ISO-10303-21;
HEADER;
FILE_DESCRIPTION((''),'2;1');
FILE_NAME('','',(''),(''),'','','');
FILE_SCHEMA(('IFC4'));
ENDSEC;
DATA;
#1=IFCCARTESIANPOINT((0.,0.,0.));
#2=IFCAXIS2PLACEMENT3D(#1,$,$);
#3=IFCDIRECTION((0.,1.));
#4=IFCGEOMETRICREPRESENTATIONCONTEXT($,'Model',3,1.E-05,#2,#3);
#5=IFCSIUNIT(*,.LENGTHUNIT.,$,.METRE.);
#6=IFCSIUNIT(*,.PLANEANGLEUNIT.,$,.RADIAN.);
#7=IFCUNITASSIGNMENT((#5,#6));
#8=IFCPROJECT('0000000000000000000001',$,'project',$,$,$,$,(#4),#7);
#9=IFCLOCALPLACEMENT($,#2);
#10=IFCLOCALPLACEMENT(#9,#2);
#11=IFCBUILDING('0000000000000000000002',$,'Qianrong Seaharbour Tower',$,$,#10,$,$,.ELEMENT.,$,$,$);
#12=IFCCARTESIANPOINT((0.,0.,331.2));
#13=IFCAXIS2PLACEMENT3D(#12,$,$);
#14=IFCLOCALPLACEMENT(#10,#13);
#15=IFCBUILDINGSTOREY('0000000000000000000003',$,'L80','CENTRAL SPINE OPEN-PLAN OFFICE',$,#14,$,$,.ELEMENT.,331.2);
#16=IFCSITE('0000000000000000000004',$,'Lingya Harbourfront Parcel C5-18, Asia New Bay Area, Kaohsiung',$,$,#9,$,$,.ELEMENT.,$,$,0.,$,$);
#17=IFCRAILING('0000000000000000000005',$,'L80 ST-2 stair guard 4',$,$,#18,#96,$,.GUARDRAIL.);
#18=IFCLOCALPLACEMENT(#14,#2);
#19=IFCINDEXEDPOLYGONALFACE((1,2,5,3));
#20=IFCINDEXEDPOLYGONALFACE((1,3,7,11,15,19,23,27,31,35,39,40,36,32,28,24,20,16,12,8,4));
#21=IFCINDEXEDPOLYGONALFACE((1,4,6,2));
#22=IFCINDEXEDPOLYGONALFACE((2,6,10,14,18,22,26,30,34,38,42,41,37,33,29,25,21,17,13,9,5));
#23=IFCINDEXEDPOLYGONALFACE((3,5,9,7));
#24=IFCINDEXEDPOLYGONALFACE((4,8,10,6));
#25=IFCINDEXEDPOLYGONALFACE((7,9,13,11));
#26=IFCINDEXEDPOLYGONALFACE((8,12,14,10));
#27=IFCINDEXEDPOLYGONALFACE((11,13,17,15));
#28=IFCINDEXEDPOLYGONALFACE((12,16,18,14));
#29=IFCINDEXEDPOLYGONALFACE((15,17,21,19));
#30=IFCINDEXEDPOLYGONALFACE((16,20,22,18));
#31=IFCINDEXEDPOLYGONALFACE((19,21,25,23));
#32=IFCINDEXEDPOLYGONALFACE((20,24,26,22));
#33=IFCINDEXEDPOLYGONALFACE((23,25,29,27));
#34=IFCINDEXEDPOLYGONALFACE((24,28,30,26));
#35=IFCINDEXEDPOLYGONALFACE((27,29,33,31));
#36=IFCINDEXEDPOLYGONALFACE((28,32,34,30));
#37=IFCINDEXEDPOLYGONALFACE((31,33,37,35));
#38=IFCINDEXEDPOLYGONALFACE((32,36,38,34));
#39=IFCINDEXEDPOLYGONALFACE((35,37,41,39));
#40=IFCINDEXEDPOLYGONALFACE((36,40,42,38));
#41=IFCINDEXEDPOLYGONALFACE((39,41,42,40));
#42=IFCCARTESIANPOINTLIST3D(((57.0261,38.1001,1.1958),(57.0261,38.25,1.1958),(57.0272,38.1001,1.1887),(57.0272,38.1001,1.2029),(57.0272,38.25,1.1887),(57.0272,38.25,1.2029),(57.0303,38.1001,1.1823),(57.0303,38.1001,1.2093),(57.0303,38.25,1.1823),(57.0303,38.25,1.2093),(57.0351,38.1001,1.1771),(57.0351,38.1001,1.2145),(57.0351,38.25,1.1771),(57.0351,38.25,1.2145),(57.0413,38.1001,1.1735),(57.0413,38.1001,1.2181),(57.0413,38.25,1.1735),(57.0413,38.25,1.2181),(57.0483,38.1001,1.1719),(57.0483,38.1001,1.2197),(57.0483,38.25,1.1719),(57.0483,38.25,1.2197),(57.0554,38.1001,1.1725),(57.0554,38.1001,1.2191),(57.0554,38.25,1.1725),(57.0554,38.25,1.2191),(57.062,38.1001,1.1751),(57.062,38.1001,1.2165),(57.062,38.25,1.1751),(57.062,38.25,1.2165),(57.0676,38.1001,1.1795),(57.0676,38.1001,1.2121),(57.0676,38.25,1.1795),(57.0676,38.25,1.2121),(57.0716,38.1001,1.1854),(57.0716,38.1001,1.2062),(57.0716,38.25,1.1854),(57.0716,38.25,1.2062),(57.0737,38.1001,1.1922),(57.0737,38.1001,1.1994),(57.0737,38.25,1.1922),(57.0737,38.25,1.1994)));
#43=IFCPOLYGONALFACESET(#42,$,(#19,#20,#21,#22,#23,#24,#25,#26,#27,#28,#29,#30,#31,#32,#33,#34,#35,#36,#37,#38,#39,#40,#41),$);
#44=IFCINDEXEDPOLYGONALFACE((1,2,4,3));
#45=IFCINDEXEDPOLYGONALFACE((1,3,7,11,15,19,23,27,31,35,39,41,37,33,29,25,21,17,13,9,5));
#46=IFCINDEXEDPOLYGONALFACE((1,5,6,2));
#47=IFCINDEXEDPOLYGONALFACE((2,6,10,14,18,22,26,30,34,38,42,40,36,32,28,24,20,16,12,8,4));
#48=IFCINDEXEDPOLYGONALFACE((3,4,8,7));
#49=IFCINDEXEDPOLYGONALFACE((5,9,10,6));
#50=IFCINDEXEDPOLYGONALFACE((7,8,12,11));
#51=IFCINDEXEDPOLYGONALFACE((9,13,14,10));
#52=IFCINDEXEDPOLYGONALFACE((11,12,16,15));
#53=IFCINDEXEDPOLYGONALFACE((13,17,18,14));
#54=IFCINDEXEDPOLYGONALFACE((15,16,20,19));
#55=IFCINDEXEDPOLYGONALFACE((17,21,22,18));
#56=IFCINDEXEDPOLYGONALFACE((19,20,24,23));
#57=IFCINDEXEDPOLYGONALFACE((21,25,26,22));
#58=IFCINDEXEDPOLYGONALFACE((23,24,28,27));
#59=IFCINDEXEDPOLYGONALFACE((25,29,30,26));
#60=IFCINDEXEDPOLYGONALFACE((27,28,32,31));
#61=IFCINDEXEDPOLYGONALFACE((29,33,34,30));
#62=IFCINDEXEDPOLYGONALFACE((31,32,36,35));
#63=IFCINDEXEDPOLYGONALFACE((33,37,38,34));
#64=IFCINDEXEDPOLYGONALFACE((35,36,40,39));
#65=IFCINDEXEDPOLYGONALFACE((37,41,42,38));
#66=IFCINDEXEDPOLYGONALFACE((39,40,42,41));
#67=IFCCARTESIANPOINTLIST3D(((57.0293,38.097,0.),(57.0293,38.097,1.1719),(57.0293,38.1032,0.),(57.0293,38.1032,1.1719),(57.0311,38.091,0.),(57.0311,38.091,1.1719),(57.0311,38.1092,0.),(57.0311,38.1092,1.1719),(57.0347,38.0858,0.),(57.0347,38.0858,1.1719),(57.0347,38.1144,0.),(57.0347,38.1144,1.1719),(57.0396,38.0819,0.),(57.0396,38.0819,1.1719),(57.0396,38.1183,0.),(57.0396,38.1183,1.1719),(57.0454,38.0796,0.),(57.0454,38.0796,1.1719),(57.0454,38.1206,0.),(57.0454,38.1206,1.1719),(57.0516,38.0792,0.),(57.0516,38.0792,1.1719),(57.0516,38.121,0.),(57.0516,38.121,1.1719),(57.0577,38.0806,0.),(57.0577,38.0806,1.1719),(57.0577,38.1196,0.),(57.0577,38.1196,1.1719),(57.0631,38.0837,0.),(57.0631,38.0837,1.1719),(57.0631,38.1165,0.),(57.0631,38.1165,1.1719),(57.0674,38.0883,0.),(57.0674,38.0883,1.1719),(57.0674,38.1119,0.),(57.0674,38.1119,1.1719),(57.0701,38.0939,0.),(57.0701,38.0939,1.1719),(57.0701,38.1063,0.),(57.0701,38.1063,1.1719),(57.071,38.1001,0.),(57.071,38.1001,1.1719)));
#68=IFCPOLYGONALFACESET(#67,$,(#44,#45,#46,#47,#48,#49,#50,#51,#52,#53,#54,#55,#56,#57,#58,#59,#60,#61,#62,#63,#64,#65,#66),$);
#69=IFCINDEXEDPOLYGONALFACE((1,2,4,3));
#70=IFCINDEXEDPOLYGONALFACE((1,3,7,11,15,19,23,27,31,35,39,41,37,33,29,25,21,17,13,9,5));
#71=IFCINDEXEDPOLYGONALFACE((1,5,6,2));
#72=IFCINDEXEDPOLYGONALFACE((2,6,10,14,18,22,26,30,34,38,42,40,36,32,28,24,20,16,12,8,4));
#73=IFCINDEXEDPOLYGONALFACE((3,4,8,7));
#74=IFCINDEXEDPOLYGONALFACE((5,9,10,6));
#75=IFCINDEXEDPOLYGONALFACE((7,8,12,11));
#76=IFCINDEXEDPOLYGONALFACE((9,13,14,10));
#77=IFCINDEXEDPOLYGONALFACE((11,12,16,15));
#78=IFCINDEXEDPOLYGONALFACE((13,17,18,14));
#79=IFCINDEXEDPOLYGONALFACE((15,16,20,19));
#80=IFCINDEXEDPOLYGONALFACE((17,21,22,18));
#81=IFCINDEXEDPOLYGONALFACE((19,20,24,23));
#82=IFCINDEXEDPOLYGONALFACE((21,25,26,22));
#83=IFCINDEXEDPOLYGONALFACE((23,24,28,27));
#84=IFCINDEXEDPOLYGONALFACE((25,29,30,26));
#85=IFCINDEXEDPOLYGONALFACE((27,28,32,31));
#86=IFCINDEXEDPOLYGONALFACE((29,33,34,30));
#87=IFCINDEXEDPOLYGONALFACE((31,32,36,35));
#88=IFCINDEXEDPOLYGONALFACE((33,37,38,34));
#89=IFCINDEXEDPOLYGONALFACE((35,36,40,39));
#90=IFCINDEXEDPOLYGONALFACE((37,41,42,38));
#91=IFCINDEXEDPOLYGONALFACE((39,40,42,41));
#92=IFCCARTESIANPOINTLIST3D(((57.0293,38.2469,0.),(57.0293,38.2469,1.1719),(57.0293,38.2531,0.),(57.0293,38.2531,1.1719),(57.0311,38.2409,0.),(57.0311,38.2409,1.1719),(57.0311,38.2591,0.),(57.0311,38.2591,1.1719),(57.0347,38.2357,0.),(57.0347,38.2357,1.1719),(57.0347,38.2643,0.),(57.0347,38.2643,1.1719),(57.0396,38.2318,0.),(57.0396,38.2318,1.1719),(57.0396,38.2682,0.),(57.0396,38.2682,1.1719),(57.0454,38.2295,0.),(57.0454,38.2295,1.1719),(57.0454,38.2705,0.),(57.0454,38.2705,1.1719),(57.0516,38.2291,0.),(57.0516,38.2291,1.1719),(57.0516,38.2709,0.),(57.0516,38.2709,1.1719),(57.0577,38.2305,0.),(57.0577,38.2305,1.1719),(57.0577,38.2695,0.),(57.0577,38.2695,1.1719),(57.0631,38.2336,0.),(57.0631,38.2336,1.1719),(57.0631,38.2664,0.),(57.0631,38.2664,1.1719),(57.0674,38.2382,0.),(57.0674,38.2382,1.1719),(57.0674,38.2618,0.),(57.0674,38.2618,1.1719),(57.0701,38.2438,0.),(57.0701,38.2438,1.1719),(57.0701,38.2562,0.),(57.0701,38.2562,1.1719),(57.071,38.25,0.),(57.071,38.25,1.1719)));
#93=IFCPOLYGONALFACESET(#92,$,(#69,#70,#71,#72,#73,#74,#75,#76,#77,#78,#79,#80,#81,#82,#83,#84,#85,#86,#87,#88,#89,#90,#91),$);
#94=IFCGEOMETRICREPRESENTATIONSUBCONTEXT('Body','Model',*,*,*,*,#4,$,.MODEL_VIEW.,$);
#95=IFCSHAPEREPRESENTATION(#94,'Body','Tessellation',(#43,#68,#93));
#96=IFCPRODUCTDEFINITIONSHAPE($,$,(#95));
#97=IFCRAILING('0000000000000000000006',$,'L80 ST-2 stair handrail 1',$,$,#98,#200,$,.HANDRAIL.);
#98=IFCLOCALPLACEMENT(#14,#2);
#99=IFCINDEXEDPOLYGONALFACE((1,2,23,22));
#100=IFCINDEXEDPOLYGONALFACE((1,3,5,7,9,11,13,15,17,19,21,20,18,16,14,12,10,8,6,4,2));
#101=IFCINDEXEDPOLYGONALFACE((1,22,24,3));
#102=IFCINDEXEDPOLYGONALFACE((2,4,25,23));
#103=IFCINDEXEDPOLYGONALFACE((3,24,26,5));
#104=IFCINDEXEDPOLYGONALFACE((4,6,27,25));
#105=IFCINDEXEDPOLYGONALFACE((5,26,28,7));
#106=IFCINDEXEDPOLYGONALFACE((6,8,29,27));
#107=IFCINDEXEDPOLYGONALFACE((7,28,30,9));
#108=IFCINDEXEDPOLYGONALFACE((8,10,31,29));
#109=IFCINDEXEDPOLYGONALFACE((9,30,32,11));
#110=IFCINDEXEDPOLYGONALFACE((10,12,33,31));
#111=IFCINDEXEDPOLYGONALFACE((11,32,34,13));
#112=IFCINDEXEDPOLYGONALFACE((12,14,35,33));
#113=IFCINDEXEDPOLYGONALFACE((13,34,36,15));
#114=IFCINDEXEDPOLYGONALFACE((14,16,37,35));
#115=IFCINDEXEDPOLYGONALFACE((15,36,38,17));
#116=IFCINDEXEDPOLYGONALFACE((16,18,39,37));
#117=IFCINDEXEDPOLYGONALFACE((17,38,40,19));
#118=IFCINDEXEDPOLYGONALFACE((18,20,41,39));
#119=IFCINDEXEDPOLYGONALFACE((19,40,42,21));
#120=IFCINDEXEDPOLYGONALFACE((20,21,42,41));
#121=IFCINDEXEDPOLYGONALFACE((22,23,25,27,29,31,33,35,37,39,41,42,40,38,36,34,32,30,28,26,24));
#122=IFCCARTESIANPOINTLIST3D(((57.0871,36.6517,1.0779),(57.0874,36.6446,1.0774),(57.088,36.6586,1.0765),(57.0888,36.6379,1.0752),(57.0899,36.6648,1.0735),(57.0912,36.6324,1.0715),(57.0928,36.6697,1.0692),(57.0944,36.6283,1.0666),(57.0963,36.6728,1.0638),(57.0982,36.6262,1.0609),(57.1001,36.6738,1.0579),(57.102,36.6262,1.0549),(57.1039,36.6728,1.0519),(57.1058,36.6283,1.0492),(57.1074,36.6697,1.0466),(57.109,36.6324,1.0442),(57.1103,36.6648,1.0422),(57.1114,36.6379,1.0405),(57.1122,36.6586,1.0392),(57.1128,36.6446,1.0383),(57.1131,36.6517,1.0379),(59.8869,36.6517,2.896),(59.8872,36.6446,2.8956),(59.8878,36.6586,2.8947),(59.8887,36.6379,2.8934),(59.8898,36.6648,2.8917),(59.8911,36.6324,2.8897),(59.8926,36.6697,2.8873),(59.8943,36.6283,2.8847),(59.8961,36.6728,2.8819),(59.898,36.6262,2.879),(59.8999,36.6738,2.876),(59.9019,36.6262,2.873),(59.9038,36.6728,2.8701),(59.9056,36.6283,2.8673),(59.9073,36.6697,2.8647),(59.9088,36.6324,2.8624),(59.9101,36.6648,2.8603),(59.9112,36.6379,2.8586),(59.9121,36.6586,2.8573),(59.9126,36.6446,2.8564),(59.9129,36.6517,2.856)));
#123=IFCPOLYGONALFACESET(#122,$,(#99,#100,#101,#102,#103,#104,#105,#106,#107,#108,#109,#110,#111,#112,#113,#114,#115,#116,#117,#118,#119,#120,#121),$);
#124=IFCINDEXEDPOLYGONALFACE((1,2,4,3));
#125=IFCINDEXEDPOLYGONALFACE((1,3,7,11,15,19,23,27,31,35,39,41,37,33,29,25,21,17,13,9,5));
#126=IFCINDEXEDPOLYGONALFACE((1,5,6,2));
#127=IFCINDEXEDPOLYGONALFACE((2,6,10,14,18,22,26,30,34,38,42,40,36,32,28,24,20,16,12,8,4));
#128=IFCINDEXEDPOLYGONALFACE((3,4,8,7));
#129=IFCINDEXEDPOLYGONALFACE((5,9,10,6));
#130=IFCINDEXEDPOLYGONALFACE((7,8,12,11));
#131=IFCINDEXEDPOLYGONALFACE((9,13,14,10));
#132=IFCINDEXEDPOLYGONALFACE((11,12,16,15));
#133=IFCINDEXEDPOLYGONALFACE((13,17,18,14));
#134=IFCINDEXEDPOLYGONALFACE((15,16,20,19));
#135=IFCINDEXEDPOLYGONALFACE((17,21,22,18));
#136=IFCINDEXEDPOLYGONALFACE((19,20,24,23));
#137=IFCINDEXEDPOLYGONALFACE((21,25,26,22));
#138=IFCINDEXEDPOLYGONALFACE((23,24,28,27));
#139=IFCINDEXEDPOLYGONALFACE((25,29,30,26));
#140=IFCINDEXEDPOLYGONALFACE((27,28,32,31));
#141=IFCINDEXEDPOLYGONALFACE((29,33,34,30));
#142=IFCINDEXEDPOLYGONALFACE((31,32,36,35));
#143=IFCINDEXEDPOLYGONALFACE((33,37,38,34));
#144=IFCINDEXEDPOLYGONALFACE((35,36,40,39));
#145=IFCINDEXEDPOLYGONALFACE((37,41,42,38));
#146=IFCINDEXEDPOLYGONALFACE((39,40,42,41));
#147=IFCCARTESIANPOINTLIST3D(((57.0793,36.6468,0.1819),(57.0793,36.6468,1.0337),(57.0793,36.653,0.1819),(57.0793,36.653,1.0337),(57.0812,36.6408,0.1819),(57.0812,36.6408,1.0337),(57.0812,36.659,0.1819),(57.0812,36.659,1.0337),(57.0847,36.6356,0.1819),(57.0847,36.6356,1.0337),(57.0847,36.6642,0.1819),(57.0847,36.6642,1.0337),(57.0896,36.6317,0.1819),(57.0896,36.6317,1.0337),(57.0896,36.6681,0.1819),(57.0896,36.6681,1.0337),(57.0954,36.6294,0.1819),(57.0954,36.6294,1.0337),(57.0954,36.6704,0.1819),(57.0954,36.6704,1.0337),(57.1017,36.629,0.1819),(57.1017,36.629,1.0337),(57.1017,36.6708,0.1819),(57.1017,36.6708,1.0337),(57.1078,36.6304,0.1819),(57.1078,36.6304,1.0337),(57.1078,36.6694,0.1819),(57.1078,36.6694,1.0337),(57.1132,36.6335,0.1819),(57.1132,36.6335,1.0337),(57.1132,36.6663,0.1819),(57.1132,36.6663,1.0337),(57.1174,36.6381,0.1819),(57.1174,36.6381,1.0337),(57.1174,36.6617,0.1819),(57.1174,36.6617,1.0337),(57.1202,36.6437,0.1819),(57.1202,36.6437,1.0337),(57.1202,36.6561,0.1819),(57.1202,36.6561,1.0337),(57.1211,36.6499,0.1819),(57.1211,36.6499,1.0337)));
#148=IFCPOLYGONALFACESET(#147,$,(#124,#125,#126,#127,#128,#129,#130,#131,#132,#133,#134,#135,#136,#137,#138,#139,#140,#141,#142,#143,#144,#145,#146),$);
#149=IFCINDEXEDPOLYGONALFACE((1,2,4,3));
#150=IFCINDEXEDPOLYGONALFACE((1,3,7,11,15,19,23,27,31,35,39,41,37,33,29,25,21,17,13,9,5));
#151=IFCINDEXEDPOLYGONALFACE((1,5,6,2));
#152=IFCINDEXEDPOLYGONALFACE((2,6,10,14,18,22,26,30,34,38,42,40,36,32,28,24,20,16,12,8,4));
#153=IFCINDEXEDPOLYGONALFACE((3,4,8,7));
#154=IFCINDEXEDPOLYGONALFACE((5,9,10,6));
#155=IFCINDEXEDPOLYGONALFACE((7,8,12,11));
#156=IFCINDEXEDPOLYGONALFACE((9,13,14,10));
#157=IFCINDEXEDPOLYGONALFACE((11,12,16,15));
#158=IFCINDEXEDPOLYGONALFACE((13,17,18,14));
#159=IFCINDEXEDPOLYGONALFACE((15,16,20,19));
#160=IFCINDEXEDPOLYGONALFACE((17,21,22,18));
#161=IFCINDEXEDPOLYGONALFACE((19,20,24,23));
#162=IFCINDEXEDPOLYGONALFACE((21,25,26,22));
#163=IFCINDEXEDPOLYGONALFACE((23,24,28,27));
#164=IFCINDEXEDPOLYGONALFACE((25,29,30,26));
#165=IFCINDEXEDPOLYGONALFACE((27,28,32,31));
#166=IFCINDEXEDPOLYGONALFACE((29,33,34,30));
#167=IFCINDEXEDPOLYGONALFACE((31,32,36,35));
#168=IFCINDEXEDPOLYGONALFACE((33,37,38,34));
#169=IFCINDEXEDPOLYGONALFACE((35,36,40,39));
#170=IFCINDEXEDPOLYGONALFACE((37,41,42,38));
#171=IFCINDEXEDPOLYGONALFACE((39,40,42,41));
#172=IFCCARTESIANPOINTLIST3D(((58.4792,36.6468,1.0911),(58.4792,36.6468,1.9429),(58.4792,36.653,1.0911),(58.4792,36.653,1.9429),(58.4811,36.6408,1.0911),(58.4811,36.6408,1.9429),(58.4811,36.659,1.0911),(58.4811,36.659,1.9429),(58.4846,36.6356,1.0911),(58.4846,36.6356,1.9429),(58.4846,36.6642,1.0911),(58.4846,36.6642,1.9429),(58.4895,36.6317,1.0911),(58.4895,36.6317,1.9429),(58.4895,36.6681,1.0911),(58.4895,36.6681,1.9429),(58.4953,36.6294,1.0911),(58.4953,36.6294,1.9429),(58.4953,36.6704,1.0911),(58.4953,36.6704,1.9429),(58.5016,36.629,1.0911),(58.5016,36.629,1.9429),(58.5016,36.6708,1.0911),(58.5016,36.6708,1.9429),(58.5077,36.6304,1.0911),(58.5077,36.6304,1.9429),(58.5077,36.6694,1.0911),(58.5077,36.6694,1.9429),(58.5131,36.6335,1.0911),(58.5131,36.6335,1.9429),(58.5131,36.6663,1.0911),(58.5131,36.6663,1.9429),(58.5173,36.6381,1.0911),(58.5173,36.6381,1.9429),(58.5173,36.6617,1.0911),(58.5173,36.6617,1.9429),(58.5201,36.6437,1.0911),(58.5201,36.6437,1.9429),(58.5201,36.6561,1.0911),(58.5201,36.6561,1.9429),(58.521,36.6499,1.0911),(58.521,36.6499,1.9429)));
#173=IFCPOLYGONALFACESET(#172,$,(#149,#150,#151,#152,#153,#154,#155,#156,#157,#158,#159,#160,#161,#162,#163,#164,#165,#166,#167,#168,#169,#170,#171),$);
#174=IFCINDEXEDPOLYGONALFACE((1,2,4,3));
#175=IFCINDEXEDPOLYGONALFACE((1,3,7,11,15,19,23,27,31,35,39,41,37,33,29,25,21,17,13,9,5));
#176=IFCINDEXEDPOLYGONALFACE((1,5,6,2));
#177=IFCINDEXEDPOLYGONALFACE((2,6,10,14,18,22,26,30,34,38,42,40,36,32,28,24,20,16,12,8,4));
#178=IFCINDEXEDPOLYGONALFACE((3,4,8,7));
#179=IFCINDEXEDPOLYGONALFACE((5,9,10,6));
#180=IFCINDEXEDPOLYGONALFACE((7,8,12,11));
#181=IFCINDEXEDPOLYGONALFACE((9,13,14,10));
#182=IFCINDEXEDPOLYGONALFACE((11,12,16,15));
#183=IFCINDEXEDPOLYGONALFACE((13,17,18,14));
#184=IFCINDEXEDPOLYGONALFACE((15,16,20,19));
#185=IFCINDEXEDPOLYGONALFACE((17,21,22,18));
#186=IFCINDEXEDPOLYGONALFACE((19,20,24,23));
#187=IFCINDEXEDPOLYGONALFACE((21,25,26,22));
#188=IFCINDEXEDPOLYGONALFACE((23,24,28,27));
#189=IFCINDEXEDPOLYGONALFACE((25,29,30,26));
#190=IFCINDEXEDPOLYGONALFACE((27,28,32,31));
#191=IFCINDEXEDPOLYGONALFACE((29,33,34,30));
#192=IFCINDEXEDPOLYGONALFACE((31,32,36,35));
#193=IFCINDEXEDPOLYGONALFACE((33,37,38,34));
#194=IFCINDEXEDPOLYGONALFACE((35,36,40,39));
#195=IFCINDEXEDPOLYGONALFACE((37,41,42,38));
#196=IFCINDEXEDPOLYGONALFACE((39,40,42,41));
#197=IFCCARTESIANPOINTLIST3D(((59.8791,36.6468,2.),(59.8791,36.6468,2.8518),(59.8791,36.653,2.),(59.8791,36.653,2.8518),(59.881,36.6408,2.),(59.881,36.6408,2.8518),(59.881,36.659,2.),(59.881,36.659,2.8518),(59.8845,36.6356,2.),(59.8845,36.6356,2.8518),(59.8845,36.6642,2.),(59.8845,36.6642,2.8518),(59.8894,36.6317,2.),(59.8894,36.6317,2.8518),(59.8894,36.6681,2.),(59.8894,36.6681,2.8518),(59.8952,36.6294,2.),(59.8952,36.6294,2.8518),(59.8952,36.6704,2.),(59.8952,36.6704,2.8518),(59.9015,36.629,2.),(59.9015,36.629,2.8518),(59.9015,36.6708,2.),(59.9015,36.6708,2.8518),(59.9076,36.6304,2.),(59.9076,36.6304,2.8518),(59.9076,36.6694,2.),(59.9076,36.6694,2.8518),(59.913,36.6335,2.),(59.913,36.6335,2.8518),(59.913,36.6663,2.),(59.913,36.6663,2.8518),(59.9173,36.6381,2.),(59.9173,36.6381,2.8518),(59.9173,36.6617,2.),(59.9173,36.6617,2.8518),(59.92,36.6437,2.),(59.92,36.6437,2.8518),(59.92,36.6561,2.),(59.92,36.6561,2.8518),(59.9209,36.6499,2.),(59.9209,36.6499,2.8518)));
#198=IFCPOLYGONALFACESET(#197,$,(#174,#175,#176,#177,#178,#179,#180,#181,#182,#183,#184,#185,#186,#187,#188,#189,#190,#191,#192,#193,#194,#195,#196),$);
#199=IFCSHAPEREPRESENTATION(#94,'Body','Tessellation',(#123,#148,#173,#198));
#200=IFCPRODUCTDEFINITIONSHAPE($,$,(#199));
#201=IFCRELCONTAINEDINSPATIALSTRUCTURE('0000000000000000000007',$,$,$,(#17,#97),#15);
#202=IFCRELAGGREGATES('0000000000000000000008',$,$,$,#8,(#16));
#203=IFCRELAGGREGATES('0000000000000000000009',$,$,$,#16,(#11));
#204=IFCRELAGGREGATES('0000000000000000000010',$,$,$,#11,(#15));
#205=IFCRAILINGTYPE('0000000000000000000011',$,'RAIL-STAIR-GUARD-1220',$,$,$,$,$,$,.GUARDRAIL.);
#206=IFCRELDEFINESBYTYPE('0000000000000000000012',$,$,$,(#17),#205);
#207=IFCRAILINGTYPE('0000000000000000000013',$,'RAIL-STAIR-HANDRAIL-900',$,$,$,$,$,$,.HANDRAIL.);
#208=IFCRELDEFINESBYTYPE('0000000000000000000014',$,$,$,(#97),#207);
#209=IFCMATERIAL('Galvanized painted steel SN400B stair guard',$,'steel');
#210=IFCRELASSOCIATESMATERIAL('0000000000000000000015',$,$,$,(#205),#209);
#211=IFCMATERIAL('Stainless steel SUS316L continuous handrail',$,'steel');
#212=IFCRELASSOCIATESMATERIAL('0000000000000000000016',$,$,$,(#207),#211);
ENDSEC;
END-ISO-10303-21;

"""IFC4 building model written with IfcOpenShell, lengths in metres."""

from ifc_helpers import new_model, si_unit, direction, frame, origin, origin_2d, place, context, subcontext, project, spatial, circle, extrude, material, type_object, element, save


model = new_model("IFC4")

# Units and contexts
model_context = context("Model", 3, precision=1e-05, world=origin(), true_north=direction((0.0, 1.0)))
body_context = subcontext(model_context, "Body", "Model", "MODEL_VIEW")
ifc_project = project(units=[si_unit("LENGTHUNIT", "METRE"), si_unit("PLANEANGLEUNIT", "RADIAN")], contexts=[model_context])

# Site, building, storey
site_placement = place(None, origin())
site = spatial("IfcSite", under=ifc_project, at=site_placement, Name="Lingya Harbourfront Parcel C5-18, Asia New Bay Area, Kaohsiung", CompositionType="ELEMENT", RefElevation=0.0)
building_placement = place(site_placement, origin())
building = spatial("IfcBuilding", under=site, at=building_placement, Name="Qianrong Seaharbour Tower", CompositionType="ELEMENT")
storey_placement = place(building_placement, frame((0.0, 0.0, 331.2)))
storey = spatial("IfcBuildingStorey", under=building, at=storey_placement, Name="L80", Description="CENTRAL SPINE OPEN-PLAN OFFICE", CompositionType="ELEMENT", Elevation=331.2)

# Railings
ifc_material_1 = material(Name="Galvanized painted steel SN400B stair guard", Category="steel")
railing_type_1 = type_object("IfcRailingType", Name="RAIL-STAIR-GUARD-1220", PredefinedType="GUARDRAIL", material=ifc_material_1)
railing_1_placement = place(storey_placement, frame((57.05, 38.1001, 0.0)))
element("IfcRailing", 1, at=railing_1_placement, inside=storey, type_object=railing_type_1, Name="L80 ST-2 stair guard 4", PredefinedType="GUARDRAIL", context=body_context, shape_type="SweptSolid", body=[
    extrude(circle(Radius=0.0239, at=origin_2d()), frame((0.0, 0.0, 1.1958), z_axis=(0.0, 1.0, 0.0), x_axis=(-1.0, 0.0, 0.0)), (0.0, 0.0, 1.0), 0.1499),
    extrude(circle(Radius=0.021, at=origin_2d()), origin(), (0.0, 0.0, 1.0), 1.1719),
    extrude(circle(Radius=0.021, at=origin_2d()), frame((0.0, 0.1499, 0.0)), (0.0, 0.0, 1.0), 1.1719),
])
ifc_material_2 = material(Name="Stainless steel SUS316L continuous handrail", Category="steel")
railing_type_2 = type_object("IfcRailingType", Name="RAIL-STAIR-HANDRAIL-900", PredefinedType="HANDRAIL", material=ifc_material_2)
railing_2_placement = place(storey_placement, frame((57.1001, 36.6499, 0.1819)))
element("IfcRailing", 2, at=railing_2_placement, inside=storey, type_object=railing_type_2, Name="L80 ST-2 stair handrail 1", PredefinedType="HANDRAIL", context=body_context, shape_type="SweptSolid", body=[
    extrude(circle(Radius=0.0239, at=origin_2d()), frame((0.0, 0.0, 0.876), z_axis=(0.838684, 0.0, 0.544618), x_axis=(0.0, 1.0, 0.0)), (0.0, 0.0, 1.0), 3.3384),
    extrude(circle(Radius=0.021, at=origin_2d()), origin(), (0.0, 0.0, 1.0), 0.8518),
    extrude(circle(Radius=0.021, at=origin_2d()), frame((1.3999, 0.0, 0.9092)), (0.0, 0.0, 1.0), 0.8518),
    extrude(circle(Radius=0.021, at=origin_2d()), frame((2.7998, 0.0, 1.8181)), (0.0, 0.0, 1.0), 0.8518),
])

save(model, "model.ifc")
